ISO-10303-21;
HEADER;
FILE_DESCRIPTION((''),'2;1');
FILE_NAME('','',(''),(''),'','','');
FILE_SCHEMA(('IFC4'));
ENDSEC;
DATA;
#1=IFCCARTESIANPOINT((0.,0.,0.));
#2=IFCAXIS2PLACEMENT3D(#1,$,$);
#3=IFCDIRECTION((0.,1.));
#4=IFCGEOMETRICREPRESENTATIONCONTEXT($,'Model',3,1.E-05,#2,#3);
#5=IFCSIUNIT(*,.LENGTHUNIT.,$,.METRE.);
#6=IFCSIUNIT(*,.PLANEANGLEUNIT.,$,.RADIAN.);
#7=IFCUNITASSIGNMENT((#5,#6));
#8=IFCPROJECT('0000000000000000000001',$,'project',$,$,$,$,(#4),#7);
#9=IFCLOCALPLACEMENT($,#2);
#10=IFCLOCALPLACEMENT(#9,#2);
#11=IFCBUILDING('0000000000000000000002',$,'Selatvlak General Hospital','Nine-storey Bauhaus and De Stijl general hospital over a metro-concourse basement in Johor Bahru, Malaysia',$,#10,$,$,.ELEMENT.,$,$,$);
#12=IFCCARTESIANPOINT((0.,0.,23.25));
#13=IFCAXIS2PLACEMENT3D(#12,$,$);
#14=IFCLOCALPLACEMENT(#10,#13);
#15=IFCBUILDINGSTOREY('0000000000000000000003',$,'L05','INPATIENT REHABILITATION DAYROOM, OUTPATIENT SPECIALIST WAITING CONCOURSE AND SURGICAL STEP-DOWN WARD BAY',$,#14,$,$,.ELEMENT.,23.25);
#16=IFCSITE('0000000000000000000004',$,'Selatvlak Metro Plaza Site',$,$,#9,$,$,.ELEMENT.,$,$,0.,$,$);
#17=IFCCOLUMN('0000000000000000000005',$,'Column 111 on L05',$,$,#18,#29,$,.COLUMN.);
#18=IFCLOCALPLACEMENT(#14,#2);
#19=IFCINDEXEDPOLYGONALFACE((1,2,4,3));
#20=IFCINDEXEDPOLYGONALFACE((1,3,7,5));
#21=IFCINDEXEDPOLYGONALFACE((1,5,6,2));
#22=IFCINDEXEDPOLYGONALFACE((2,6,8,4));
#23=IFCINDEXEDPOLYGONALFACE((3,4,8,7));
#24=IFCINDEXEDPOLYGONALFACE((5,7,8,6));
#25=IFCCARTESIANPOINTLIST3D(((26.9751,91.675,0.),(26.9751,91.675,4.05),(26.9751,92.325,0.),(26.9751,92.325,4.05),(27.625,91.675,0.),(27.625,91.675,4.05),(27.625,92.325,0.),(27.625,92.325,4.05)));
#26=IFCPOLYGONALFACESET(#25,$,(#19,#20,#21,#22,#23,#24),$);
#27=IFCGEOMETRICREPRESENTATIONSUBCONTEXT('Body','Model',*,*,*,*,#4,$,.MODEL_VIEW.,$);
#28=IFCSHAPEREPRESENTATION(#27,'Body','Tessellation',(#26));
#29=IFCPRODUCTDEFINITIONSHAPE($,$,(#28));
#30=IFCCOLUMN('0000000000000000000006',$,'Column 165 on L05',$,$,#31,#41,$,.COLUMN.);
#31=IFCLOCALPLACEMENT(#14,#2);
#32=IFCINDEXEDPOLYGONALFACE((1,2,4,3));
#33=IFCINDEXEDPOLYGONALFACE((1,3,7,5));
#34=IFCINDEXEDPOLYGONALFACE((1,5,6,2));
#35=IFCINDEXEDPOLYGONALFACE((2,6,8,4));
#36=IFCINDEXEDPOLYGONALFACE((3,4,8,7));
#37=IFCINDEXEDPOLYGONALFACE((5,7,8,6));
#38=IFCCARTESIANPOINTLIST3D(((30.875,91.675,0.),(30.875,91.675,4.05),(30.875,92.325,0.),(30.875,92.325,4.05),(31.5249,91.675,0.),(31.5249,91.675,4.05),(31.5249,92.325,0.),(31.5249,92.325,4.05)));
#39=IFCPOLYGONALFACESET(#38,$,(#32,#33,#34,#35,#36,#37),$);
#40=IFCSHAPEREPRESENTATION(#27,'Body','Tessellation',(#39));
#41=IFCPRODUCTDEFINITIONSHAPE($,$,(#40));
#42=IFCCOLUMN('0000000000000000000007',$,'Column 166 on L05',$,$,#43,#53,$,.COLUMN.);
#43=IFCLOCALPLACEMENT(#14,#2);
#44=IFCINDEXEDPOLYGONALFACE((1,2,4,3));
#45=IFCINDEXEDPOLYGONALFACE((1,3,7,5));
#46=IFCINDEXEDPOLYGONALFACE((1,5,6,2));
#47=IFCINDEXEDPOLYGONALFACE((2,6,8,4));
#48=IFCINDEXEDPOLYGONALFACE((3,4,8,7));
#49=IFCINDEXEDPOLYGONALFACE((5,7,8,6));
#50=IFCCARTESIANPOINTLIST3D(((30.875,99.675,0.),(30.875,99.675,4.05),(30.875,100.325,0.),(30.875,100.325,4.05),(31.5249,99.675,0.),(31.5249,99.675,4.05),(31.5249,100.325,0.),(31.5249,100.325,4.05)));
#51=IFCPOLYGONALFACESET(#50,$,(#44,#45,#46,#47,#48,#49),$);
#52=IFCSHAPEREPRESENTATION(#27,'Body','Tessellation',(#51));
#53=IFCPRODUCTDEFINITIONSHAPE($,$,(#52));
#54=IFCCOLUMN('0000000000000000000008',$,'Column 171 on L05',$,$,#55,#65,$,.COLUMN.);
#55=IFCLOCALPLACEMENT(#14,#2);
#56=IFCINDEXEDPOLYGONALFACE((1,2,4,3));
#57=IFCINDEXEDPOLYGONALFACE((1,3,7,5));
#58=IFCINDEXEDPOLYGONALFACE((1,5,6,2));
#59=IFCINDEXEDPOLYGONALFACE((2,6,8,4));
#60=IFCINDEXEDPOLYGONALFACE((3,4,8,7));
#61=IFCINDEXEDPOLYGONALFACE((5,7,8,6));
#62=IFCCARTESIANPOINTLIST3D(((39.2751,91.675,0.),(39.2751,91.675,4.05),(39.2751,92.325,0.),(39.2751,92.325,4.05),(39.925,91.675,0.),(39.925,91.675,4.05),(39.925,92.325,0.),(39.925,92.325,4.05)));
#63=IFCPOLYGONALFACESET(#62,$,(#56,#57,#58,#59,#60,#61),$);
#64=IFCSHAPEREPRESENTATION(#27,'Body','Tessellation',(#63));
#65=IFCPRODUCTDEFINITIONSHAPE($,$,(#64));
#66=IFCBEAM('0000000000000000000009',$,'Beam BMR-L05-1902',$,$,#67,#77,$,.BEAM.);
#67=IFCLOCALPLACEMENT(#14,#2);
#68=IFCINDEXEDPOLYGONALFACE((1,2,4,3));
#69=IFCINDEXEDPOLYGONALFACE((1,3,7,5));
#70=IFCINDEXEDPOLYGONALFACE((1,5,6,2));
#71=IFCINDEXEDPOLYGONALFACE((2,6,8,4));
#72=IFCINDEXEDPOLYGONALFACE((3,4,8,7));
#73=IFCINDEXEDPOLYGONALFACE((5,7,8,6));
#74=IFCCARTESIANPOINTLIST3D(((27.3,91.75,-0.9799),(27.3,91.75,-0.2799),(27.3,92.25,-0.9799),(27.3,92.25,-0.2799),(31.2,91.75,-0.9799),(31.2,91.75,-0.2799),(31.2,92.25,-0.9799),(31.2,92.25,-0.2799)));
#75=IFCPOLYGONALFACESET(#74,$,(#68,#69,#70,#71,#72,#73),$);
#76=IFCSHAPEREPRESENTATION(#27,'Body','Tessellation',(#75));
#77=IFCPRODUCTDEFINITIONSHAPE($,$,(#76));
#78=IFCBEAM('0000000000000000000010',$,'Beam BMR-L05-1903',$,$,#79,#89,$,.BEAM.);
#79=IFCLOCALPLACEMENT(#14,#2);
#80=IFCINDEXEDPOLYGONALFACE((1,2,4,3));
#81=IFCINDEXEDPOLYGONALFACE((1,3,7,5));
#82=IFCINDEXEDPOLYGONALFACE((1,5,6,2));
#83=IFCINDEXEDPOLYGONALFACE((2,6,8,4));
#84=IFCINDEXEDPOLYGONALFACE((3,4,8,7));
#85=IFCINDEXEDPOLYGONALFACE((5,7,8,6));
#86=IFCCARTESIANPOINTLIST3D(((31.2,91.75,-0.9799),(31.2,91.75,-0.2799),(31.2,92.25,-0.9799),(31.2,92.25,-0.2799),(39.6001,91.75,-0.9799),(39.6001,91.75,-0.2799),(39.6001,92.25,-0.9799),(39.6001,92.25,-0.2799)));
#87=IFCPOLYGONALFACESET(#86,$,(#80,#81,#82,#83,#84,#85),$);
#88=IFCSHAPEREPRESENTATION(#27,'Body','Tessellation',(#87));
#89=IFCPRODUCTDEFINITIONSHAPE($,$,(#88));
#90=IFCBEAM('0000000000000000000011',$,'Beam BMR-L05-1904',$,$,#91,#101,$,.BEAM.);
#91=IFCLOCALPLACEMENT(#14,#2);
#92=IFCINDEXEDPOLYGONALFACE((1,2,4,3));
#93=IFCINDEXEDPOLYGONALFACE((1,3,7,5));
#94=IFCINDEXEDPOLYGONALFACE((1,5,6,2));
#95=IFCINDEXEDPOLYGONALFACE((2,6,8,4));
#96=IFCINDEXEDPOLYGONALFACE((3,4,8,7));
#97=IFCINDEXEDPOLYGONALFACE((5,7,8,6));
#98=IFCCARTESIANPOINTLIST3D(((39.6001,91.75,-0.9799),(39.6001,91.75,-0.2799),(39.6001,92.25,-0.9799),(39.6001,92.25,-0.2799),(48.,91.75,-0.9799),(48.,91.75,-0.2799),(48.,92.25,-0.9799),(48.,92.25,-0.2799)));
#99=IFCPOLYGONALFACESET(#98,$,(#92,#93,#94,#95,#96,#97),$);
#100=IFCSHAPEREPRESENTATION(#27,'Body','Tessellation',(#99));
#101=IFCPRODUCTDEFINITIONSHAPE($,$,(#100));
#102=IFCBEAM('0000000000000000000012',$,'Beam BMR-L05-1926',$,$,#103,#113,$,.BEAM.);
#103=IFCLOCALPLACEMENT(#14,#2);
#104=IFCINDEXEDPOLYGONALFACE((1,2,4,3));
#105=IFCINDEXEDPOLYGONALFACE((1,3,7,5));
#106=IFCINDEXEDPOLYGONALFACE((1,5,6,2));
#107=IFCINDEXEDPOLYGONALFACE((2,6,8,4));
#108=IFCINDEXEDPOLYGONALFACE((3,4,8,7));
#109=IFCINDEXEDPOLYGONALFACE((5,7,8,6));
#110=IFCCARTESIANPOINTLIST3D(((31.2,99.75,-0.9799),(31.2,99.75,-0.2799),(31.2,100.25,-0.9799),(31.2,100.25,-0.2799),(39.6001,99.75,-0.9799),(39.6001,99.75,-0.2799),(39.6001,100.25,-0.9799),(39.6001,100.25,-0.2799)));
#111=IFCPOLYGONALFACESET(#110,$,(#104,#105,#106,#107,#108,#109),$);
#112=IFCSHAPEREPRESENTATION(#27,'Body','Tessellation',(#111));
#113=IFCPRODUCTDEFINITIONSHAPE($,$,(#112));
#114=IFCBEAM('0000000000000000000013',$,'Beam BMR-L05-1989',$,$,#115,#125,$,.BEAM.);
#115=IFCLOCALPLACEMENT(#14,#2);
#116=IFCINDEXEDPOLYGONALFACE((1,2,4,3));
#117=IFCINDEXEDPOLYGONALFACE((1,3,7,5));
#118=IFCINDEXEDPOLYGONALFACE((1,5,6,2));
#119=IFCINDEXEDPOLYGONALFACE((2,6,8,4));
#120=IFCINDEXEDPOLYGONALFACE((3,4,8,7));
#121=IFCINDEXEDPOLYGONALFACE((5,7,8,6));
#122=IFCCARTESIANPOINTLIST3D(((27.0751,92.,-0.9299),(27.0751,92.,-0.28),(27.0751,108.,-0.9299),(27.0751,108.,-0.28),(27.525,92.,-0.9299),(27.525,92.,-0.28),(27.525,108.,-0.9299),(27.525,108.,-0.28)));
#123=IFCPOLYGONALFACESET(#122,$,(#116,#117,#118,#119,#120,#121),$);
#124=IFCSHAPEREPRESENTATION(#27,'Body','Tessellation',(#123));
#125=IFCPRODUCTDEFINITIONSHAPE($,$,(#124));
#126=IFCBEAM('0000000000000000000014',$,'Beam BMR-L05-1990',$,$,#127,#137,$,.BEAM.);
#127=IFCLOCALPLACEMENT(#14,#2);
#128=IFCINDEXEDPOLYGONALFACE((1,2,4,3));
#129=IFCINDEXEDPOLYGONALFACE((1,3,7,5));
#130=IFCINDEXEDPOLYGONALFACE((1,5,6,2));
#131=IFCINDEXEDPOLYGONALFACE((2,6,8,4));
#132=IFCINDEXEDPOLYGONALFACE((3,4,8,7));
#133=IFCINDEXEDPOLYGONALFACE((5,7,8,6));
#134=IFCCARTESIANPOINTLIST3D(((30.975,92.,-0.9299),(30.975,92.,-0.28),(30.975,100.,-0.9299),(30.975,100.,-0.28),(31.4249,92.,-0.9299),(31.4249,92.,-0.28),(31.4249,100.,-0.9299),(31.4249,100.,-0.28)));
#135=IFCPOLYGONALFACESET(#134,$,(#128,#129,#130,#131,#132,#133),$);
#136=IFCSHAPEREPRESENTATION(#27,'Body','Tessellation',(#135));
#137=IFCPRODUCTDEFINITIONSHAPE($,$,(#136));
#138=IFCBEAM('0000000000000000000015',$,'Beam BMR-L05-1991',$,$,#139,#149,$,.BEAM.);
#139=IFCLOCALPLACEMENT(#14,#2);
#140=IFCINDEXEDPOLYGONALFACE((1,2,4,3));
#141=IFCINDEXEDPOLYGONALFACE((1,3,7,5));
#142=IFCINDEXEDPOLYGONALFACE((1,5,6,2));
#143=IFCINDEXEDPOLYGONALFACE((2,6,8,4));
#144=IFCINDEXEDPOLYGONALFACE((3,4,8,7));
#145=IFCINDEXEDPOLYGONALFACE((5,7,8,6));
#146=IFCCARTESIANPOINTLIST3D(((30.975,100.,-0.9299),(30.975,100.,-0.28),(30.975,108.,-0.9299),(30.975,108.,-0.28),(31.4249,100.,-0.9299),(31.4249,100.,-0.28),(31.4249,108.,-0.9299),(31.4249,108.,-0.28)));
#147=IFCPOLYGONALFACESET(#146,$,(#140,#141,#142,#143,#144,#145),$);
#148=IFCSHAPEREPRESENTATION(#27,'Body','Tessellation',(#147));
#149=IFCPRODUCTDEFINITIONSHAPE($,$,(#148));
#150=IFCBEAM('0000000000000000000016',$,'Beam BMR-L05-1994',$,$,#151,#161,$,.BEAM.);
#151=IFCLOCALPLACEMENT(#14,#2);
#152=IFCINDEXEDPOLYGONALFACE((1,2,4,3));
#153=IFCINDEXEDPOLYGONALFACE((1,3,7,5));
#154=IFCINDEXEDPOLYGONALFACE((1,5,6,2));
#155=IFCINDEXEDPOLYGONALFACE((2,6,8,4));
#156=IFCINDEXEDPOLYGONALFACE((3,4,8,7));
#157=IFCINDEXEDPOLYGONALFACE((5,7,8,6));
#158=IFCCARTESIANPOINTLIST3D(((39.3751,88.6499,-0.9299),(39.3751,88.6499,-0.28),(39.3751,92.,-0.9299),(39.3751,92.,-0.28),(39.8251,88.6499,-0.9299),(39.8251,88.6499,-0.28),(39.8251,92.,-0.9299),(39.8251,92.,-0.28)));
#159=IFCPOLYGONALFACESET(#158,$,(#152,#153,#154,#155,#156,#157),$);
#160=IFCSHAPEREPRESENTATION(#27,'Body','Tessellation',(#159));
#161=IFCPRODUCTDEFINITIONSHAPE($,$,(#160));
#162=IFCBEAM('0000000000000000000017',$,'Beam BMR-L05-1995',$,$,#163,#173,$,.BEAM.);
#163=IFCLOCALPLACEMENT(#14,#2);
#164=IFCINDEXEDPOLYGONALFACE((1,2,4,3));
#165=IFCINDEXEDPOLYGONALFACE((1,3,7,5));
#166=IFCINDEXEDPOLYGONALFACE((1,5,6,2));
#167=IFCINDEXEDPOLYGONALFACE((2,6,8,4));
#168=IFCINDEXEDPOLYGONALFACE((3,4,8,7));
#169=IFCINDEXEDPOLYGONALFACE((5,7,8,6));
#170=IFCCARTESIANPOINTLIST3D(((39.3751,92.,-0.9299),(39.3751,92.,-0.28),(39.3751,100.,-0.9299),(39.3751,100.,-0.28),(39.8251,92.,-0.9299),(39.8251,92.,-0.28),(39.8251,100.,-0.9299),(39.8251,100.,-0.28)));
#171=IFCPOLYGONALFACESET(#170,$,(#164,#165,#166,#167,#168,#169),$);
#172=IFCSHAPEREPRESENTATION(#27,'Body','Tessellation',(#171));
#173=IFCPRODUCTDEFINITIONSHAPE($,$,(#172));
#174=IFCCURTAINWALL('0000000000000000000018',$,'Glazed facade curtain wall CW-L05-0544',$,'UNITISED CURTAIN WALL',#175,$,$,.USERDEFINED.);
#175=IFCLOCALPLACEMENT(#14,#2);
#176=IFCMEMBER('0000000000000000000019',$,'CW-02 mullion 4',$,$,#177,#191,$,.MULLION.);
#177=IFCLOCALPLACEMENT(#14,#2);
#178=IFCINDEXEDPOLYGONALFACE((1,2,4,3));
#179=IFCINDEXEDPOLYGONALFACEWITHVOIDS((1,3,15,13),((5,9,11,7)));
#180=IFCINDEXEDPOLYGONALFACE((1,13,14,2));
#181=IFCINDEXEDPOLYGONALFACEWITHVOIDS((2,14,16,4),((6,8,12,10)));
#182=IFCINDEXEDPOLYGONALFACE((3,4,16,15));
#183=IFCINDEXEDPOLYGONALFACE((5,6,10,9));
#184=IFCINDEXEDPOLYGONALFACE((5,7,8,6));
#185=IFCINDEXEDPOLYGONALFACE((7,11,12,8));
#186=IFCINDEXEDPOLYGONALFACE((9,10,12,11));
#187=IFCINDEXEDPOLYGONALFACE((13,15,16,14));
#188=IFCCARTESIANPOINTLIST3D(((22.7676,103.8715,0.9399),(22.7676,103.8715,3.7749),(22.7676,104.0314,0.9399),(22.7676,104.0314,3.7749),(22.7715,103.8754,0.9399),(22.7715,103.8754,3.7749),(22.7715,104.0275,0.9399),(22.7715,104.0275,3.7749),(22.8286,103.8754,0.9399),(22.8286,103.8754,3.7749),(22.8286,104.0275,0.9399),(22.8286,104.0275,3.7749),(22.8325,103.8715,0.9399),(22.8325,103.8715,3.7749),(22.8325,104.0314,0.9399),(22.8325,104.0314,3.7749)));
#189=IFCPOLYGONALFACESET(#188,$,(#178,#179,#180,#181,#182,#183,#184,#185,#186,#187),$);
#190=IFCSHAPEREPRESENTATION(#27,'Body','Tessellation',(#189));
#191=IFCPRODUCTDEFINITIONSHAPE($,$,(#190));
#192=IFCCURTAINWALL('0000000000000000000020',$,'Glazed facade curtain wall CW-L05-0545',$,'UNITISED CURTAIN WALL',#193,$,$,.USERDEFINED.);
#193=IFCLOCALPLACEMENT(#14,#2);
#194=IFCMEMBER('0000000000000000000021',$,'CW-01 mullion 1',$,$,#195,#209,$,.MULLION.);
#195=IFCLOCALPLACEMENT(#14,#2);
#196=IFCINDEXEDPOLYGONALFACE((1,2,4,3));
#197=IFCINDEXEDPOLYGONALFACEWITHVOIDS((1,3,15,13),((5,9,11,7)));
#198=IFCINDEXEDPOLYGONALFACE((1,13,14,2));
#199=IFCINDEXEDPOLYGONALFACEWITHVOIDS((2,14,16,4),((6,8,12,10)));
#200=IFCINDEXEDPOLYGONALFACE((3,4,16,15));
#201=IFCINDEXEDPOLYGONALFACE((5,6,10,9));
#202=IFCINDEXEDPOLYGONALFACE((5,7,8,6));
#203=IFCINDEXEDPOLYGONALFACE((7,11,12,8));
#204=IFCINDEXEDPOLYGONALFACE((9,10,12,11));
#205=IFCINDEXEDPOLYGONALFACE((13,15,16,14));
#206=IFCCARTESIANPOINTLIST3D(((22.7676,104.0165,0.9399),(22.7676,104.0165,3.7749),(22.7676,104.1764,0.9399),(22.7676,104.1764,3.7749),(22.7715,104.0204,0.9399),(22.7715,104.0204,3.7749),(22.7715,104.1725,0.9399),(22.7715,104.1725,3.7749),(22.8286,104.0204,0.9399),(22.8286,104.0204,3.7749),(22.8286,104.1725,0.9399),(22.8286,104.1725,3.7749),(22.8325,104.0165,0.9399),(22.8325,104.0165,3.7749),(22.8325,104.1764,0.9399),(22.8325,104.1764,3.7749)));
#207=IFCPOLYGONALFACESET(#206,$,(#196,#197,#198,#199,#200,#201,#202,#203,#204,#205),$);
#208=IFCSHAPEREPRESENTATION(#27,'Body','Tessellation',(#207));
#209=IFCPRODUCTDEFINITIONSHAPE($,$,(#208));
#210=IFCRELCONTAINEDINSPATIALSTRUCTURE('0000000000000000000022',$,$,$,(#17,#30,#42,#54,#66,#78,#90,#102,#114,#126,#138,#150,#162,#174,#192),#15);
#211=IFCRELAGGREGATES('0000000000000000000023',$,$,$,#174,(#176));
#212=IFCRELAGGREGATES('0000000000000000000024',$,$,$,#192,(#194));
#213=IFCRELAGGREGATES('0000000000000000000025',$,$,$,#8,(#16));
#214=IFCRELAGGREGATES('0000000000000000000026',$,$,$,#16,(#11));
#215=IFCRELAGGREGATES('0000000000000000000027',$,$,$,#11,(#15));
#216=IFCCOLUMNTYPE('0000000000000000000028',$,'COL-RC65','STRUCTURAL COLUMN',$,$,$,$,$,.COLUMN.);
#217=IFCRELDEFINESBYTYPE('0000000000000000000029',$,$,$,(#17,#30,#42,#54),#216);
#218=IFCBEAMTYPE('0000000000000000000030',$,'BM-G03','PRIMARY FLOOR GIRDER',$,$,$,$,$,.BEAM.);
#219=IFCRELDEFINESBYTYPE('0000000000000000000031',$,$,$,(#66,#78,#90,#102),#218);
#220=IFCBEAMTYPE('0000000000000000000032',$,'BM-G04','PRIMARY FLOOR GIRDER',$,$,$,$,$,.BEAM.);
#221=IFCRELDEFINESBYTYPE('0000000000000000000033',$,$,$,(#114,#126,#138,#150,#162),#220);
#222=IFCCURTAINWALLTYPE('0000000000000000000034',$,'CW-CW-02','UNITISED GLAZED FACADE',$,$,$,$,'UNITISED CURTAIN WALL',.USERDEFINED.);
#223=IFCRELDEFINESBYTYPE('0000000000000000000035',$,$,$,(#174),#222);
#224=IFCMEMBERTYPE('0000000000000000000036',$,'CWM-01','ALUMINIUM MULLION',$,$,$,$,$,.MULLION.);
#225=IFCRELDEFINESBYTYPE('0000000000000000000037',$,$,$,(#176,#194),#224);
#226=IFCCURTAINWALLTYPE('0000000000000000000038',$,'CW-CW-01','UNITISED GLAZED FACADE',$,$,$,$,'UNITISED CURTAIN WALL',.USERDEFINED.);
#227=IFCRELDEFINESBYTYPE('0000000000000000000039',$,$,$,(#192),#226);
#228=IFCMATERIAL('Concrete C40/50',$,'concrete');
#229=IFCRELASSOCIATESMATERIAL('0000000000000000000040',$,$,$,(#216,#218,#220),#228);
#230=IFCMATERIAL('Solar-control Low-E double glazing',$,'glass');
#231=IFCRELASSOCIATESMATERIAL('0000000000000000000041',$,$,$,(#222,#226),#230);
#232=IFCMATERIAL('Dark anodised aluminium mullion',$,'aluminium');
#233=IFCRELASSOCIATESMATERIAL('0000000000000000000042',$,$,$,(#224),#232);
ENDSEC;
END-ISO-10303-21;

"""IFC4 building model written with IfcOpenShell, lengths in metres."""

from ifc_helpers import new_model, si_unit, direction, frame, origin, origin_2d, place, context, subcontext, project, spatial, rectangle, hollow_rectangle, extrude, material, material_profile, profile_set, type_object, element, aggregate, save


model = new_model("IFC4")

# Units and contexts
model_context = context("Model", 3, precision=1e-05, world=origin(), true_north=direction((0.0, 1.0)))
body_context = subcontext(model_context, "Body", "Model", "MODEL_VIEW")
ifc_project = project(units=[si_unit("LENGTHUNIT", "METRE"), si_unit("PLANEANGLEUNIT", "RADIAN")], contexts=[model_context])

# Site, building, storey
site_placement = place(None, origin())
site = spatial("IfcSite", under=ifc_project, at=site_placement, Name="Selatvlak Metro Plaza Site", CompositionType="ELEMENT", RefElevation=0.0)
building_placement = place(site_placement, origin())
building = spatial("IfcBuilding", under=site, at=building_placement, Name="Selatvlak General Hospital", Description="Nine-storey Bauhaus and De Stijl general hospital over a metro-concourse basement in Johor Bahru, Malaysia", CompositionType="ELEMENT")
storey_placement = place(building_placement, frame((0.0, 0.0, 23.25)))
storey = spatial("IfcBuildingStorey", under=building, at=storey_placement, Name="L05", Description="INPATIENT REHABILITATION DAYROOM, OUTPATIENT SPECIALIST WAITING CONCOURSE AND SURGICAL STEP-DOWN WARD BAY", CompositionType="ELEMENT", Elevation=23.25)

# Columns
ifc_material_1 = material(Name="Concrete C40/50", Category="concrete")
ifc_material_profile_1 = material_profile(ifc_material_1, rectangle(XDim=0.6499, YDim=0.6499, at=origin_2d()), Name="RC-COL 650x650")
ifc_profile_set_1 = profile_set([ifc_material_profile_1], Name="Concrete C40/50")
column_type = type_object("IfcColumnType", Name="COL-RC65", Description="STRUCTURAL COLUMN", PredefinedType="COLUMN", material=ifc_profile_set_1)
for number, where, z_axis, x_axis, name in (
    (1, (27.3, 92.0, 0.0), (0.0, 0.0, 1.0), (1.0, 0.0, 0.0), "Column 111 on L05"),
    (2, (31.2, 92.0, 0.0), (0.0, 0.0, 1.0), (1.0, 0.0, 0.0), "Column 165 on L05"),
    (3, (31.2, 100.0, 0.0), (0.0, 0.0, 1.0), (1.0, 0.0, 0.0), "Column 166 on L05"),
    (4, (39.6001, 92.0, 0.0), (0.0, 0.0, 1.0), (1.0, 0.0, 0.0), "Column 171 on L05"),
):
    element("IfcColumn", number, at=place(storey_placement, frame(where, z_axis=z_axis, x_axis=x_axis)), inside=storey, type_object=column_type, Name=name, PredefinedType="COLUMN", context=body_context, shape_type="SweptSolid", body=[
        extrude(rectangle(XDim=0.6499, YDim=0.6499, at=origin_2d()), origin(), (0.0, 0.0, 1.0), 4.05),
    ])

# Beams
ifc_material_profile_2 = material_profile(ifc_material_1, rectangle(XDim=0.5, YDim=0.7, at=origin_2d()), Name="RC-BM 500x700")
ifc_profile_set_2 = profile_set([ifc_material_profile_2], Name="Concrete C40/50")
beam_type_1 = type_object("IfcBeamType", Name="BM-G03", Description="PRIMARY FLOOR GIRDER", PredefinedType="BEAM", material=ifc_profile_set_2)
beam_1_placement = place(storey_placement, frame((27.3, 92.0, -0.6299), z_axis=(1.0, 0.0, 0.0), x_axis=(0.0, 1.0, 0.0)))
element("IfcBeam", 5, at=beam_1_placement, inside=storey, type_object=beam_type_1, Name="Beam BMR-L05-1902", PredefinedType="BEAM", context=body_context, shape_type="SweptSolid", body=[
    extrude(rectangle(XDim=0.5, YDim=0.7, at=origin_2d()), origin(), (0.0, 0.0, 1.0), 3.8999),
])
beam_2_placement = place(storey_placement, frame((31.2, 92.0, -0.6299), z_axis=(1.0, 0.0, 0.0), x_axis=(0.0, 1.0, 0.0)))
element("IfcBeam", 6, at=beam_2_placement, inside=storey, type_object=beam_type_1, Name="Beam BMR-L05-1903", PredefinedType="BEAM", context=body_context, shape_type="SweptSolid", body=[
    extrude(rectangle(XDim=0.5, YDim=0.7, at=origin_2d()), origin(), (0.0, 0.0, 1.0), 8.4001),
])
beam_3_placement = place(storey_placement, frame((39.6001, 92.0, -0.6299), z_axis=(1.0, 0.0, 0.0), x_axis=(0.0, 1.0, 0.0)))
element("IfcBeam", 7, at=beam_3_placement, inside=storey, type_object=beam_type_1, Name="Beam BMR-L05-1904", PredefinedType="BEAM", context=body_context, shape_type="SweptSolid", body=[
    extrude(rectangle(XDim=0.5, YDim=0.7, at=origin_2d()), origin(), (0.0, 0.0, 1.0), 8.3999),
])
beam_4_placement = place(storey_placement, frame((31.2, 100.0, -0.6299), z_axis=(1.0, 0.0, 0.0), x_axis=(0.0, 1.0, 0.0)))
element("IfcBeam", 8, at=beam_4_placement, inside=storey, type_object=beam_type_1, Name="Beam BMR-L05-1926", PredefinedType="BEAM", context=body_context, shape_type="SweptSolid", body=[
    extrude(rectangle(XDim=0.5, YDim=0.7, at=origin_2d()), origin(), (0.0, 0.0, 1.0), 8.4001),
])
ifc_material_profile_3 = material_profile(ifc_material_1, rectangle(XDim=0.45, YDim=0.6499, at=origin_2d()), Name="RC-BM 450x650")
ifc_profile_set_3 = profile_set([ifc_material_profile_3], Name="Concrete C40/50")
beam_type_2 = type_object("IfcBeamType", Name="BM-G04", Description="PRIMARY FLOOR GIRDER", PredefinedType="BEAM", material=ifc_profile_set_3)
beam_5_placement = place(storey_placement, frame((27.3, 92.0, -0.605), z_axis=(0.0, 1.0, 0.0), x_axis=(-1.0, 0.0, 0.0)))
element("IfcBeam", 9, at=beam_5_placement, inside=storey, type_object=beam_type_2, Name="Beam BMR-L05-1989", PredefinedType="BEAM", context=body_context, shape_type="SweptSolid", body=[
    extrude(rectangle(XDim=0.45, YDim=0.6499, at=origin_2d()), origin(), (0.0, 0.0, 1.0), 16.0),
])
for number, where, z_axis, x_axis, name in (
    (10, (31.2, 92.0, -0.605), (0.0, 1.0, 0.0), (-1.0, 0.0, 0.0), "Beam BMR-L05-1990"),
    (11, (31.2, 100.0, -0.605), (0.0, 1.0, 0.0), (-1.0, 0.0, 0.0), "Beam BMR-L05-1991"),
):
    element("IfcBeam", number, at=place(storey_placement, frame(where, z_axis=z_axis, x_axis=x_axis)), inside=storey, type_object=beam_type_2, Name=name, PredefinedType="BEAM", context=body_context, shape_type="SweptSolid", body=[
        extrude(rectangle(XDim=0.45, YDim=0.6499, at=origin_2d()), origin(), (0.0, 0.0, 1.0), 8.0),
    ])
beam_6_placement = place(storey_placement, frame((39.6001, 88.6499, -0.605), z_axis=(0.0, 1.0, 0.0), x_axis=(-1.0, 0.0, 0.0)))
element("IfcBeam", 12, at=beam_6_placement, inside=storey, type_object=beam_type_2, Name="Beam BMR-L05-1994", PredefinedType="BEAM", context=body_context, shape_type="SweptSolid", body=[
    extrude(rectangle(XDim=0.45, YDim=0.6499, at=origin_2d()), origin(), (0.0, 0.0, 1.0), 3.3501),
])
beam_7_placement = place(storey_placement, frame((39.6001, 92.0, -0.605), z_axis=(0.0, 1.0, 0.0), x_axis=(-1.0, 0.0, 0.0)))
element("IfcBeam", 13, at=beam_7_placement, inside=storey, type_object=beam_type_2, Name="Beam BMR-L05-1995", PredefinedType="BEAM", context=body_context, shape_type="SweptSolid", body=[
    extrude(rectangle(XDim=0.45, YDim=0.6499, at=origin_2d()), origin(), (0.0, 0.0, 1.0), 8.0),
])

# Curtain wall, member
ifc_material_2 = material(Name="Solar-control Low-E double glazing", Category="glass")
curtain_wall_type_1 = type_object("IfcCurtainWallType", Name="CW-CW-02", Description="UNITISED GLAZED FACADE", ElementType="UNITISED CURTAIN WALL", PredefinedType="USERDEFINED", material=ifc_material_2)
curtain_wall_1_placement = place(storey_placement, origin())
curtain_wall_1 = element("IfcCurtainWall", 14, at=curtain_wall_1_placement, inside=storey, type_object=curtain_wall_type_1, Name="Glazed facade curtain wall CW-L05-0544", ObjectType="UNITISED CURTAIN WALL", PredefinedType="USERDEFINED")
ifc_material_3 = material(Name="Dark anodised aluminium mullion", Category="aluminium")
ifc_material_profile_4 = material_profile(ifc_material_3, hollow_rectangle(XDim=0.0649, YDim=0.1599, WallThickness=0.0039, at=origin_2d()), Name="AL-MUL 65x160x4")
ifc_profile_set_4 = profile_set([ifc_material_profile_4], Name="Dark anodised aluminium mullion")
member_type_1 = type_object("IfcMemberType", Name="CWM-01", Description="ALUMINIUM MULLION", PredefinedType="MULLION", material=ifc_profile_set_4)
member_1_placement = place(storey_placement, frame((22.8, 103.9514, 0.9399), z_axis=(0.0, 0.0, 1.0), x_axis=(-1.0, 0.0, 0.0)))
member_1 = element("IfcMember", 15, at=member_1_placement, type_object=member_type_1, Name="CW-02 mullion 4", PredefinedType="MULLION", context=body_context, shape_type="SweptSolid", body=[
    extrude(hollow_rectangle(XDim=0.0649, YDim=0.1599, WallThickness=0.0039, at=origin_2d()), origin(), (0.0, 0.0, 1.0), 2.835),
])

# Curtain wall, member
curtain_wall_type_2 = type_object("IfcCurtainWallType", Name="CW-CW-01", Description="UNITISED GLAZED FACADE", ElementType="UNITISED CURTAIN WALL", PredefinedType="USERDEFINED", material=ifc_material_2)
curtain_wall_2_placement = place(storey_placement, origin())
curtain_wall_2 = element("IfcCurtainWall", 16, at=curtain_wall_2_placement, inside=storey, type_object=curtain_wall_type_2, Name="Glazed facade curtain wall CW-L05-0545", ObjectType="UNITISED CURTAIN WALL", PredefinedType="USERDEFINED")
member_2_placement = place(storey_placement, frame((22.8, 104.0964, 0.9399), z_axis=(0.0, 0.0, 1.0), x_axis=(-1.0, 0.0, 0.0)))
member_2 = element("IfcMember", 17, at=member_2_placement, type_object=member_type_1, Name="CW-01 mullion 1", PredefinedType="MULLION", context=body_context, shape_type="SweptSolid", body=[
    extrude(hollow_rectangle(XDim=0.0649, YDim=0.1599, WallThickness=0.0039, at=origin_2d()), origin(), (0.0, 0.0, 1.0), 2.835),
])

aggregate(curtain_wall_1, [member_1])
aggregate(curtain_wall_2, [member_2])

save(model, "model.ifc")
